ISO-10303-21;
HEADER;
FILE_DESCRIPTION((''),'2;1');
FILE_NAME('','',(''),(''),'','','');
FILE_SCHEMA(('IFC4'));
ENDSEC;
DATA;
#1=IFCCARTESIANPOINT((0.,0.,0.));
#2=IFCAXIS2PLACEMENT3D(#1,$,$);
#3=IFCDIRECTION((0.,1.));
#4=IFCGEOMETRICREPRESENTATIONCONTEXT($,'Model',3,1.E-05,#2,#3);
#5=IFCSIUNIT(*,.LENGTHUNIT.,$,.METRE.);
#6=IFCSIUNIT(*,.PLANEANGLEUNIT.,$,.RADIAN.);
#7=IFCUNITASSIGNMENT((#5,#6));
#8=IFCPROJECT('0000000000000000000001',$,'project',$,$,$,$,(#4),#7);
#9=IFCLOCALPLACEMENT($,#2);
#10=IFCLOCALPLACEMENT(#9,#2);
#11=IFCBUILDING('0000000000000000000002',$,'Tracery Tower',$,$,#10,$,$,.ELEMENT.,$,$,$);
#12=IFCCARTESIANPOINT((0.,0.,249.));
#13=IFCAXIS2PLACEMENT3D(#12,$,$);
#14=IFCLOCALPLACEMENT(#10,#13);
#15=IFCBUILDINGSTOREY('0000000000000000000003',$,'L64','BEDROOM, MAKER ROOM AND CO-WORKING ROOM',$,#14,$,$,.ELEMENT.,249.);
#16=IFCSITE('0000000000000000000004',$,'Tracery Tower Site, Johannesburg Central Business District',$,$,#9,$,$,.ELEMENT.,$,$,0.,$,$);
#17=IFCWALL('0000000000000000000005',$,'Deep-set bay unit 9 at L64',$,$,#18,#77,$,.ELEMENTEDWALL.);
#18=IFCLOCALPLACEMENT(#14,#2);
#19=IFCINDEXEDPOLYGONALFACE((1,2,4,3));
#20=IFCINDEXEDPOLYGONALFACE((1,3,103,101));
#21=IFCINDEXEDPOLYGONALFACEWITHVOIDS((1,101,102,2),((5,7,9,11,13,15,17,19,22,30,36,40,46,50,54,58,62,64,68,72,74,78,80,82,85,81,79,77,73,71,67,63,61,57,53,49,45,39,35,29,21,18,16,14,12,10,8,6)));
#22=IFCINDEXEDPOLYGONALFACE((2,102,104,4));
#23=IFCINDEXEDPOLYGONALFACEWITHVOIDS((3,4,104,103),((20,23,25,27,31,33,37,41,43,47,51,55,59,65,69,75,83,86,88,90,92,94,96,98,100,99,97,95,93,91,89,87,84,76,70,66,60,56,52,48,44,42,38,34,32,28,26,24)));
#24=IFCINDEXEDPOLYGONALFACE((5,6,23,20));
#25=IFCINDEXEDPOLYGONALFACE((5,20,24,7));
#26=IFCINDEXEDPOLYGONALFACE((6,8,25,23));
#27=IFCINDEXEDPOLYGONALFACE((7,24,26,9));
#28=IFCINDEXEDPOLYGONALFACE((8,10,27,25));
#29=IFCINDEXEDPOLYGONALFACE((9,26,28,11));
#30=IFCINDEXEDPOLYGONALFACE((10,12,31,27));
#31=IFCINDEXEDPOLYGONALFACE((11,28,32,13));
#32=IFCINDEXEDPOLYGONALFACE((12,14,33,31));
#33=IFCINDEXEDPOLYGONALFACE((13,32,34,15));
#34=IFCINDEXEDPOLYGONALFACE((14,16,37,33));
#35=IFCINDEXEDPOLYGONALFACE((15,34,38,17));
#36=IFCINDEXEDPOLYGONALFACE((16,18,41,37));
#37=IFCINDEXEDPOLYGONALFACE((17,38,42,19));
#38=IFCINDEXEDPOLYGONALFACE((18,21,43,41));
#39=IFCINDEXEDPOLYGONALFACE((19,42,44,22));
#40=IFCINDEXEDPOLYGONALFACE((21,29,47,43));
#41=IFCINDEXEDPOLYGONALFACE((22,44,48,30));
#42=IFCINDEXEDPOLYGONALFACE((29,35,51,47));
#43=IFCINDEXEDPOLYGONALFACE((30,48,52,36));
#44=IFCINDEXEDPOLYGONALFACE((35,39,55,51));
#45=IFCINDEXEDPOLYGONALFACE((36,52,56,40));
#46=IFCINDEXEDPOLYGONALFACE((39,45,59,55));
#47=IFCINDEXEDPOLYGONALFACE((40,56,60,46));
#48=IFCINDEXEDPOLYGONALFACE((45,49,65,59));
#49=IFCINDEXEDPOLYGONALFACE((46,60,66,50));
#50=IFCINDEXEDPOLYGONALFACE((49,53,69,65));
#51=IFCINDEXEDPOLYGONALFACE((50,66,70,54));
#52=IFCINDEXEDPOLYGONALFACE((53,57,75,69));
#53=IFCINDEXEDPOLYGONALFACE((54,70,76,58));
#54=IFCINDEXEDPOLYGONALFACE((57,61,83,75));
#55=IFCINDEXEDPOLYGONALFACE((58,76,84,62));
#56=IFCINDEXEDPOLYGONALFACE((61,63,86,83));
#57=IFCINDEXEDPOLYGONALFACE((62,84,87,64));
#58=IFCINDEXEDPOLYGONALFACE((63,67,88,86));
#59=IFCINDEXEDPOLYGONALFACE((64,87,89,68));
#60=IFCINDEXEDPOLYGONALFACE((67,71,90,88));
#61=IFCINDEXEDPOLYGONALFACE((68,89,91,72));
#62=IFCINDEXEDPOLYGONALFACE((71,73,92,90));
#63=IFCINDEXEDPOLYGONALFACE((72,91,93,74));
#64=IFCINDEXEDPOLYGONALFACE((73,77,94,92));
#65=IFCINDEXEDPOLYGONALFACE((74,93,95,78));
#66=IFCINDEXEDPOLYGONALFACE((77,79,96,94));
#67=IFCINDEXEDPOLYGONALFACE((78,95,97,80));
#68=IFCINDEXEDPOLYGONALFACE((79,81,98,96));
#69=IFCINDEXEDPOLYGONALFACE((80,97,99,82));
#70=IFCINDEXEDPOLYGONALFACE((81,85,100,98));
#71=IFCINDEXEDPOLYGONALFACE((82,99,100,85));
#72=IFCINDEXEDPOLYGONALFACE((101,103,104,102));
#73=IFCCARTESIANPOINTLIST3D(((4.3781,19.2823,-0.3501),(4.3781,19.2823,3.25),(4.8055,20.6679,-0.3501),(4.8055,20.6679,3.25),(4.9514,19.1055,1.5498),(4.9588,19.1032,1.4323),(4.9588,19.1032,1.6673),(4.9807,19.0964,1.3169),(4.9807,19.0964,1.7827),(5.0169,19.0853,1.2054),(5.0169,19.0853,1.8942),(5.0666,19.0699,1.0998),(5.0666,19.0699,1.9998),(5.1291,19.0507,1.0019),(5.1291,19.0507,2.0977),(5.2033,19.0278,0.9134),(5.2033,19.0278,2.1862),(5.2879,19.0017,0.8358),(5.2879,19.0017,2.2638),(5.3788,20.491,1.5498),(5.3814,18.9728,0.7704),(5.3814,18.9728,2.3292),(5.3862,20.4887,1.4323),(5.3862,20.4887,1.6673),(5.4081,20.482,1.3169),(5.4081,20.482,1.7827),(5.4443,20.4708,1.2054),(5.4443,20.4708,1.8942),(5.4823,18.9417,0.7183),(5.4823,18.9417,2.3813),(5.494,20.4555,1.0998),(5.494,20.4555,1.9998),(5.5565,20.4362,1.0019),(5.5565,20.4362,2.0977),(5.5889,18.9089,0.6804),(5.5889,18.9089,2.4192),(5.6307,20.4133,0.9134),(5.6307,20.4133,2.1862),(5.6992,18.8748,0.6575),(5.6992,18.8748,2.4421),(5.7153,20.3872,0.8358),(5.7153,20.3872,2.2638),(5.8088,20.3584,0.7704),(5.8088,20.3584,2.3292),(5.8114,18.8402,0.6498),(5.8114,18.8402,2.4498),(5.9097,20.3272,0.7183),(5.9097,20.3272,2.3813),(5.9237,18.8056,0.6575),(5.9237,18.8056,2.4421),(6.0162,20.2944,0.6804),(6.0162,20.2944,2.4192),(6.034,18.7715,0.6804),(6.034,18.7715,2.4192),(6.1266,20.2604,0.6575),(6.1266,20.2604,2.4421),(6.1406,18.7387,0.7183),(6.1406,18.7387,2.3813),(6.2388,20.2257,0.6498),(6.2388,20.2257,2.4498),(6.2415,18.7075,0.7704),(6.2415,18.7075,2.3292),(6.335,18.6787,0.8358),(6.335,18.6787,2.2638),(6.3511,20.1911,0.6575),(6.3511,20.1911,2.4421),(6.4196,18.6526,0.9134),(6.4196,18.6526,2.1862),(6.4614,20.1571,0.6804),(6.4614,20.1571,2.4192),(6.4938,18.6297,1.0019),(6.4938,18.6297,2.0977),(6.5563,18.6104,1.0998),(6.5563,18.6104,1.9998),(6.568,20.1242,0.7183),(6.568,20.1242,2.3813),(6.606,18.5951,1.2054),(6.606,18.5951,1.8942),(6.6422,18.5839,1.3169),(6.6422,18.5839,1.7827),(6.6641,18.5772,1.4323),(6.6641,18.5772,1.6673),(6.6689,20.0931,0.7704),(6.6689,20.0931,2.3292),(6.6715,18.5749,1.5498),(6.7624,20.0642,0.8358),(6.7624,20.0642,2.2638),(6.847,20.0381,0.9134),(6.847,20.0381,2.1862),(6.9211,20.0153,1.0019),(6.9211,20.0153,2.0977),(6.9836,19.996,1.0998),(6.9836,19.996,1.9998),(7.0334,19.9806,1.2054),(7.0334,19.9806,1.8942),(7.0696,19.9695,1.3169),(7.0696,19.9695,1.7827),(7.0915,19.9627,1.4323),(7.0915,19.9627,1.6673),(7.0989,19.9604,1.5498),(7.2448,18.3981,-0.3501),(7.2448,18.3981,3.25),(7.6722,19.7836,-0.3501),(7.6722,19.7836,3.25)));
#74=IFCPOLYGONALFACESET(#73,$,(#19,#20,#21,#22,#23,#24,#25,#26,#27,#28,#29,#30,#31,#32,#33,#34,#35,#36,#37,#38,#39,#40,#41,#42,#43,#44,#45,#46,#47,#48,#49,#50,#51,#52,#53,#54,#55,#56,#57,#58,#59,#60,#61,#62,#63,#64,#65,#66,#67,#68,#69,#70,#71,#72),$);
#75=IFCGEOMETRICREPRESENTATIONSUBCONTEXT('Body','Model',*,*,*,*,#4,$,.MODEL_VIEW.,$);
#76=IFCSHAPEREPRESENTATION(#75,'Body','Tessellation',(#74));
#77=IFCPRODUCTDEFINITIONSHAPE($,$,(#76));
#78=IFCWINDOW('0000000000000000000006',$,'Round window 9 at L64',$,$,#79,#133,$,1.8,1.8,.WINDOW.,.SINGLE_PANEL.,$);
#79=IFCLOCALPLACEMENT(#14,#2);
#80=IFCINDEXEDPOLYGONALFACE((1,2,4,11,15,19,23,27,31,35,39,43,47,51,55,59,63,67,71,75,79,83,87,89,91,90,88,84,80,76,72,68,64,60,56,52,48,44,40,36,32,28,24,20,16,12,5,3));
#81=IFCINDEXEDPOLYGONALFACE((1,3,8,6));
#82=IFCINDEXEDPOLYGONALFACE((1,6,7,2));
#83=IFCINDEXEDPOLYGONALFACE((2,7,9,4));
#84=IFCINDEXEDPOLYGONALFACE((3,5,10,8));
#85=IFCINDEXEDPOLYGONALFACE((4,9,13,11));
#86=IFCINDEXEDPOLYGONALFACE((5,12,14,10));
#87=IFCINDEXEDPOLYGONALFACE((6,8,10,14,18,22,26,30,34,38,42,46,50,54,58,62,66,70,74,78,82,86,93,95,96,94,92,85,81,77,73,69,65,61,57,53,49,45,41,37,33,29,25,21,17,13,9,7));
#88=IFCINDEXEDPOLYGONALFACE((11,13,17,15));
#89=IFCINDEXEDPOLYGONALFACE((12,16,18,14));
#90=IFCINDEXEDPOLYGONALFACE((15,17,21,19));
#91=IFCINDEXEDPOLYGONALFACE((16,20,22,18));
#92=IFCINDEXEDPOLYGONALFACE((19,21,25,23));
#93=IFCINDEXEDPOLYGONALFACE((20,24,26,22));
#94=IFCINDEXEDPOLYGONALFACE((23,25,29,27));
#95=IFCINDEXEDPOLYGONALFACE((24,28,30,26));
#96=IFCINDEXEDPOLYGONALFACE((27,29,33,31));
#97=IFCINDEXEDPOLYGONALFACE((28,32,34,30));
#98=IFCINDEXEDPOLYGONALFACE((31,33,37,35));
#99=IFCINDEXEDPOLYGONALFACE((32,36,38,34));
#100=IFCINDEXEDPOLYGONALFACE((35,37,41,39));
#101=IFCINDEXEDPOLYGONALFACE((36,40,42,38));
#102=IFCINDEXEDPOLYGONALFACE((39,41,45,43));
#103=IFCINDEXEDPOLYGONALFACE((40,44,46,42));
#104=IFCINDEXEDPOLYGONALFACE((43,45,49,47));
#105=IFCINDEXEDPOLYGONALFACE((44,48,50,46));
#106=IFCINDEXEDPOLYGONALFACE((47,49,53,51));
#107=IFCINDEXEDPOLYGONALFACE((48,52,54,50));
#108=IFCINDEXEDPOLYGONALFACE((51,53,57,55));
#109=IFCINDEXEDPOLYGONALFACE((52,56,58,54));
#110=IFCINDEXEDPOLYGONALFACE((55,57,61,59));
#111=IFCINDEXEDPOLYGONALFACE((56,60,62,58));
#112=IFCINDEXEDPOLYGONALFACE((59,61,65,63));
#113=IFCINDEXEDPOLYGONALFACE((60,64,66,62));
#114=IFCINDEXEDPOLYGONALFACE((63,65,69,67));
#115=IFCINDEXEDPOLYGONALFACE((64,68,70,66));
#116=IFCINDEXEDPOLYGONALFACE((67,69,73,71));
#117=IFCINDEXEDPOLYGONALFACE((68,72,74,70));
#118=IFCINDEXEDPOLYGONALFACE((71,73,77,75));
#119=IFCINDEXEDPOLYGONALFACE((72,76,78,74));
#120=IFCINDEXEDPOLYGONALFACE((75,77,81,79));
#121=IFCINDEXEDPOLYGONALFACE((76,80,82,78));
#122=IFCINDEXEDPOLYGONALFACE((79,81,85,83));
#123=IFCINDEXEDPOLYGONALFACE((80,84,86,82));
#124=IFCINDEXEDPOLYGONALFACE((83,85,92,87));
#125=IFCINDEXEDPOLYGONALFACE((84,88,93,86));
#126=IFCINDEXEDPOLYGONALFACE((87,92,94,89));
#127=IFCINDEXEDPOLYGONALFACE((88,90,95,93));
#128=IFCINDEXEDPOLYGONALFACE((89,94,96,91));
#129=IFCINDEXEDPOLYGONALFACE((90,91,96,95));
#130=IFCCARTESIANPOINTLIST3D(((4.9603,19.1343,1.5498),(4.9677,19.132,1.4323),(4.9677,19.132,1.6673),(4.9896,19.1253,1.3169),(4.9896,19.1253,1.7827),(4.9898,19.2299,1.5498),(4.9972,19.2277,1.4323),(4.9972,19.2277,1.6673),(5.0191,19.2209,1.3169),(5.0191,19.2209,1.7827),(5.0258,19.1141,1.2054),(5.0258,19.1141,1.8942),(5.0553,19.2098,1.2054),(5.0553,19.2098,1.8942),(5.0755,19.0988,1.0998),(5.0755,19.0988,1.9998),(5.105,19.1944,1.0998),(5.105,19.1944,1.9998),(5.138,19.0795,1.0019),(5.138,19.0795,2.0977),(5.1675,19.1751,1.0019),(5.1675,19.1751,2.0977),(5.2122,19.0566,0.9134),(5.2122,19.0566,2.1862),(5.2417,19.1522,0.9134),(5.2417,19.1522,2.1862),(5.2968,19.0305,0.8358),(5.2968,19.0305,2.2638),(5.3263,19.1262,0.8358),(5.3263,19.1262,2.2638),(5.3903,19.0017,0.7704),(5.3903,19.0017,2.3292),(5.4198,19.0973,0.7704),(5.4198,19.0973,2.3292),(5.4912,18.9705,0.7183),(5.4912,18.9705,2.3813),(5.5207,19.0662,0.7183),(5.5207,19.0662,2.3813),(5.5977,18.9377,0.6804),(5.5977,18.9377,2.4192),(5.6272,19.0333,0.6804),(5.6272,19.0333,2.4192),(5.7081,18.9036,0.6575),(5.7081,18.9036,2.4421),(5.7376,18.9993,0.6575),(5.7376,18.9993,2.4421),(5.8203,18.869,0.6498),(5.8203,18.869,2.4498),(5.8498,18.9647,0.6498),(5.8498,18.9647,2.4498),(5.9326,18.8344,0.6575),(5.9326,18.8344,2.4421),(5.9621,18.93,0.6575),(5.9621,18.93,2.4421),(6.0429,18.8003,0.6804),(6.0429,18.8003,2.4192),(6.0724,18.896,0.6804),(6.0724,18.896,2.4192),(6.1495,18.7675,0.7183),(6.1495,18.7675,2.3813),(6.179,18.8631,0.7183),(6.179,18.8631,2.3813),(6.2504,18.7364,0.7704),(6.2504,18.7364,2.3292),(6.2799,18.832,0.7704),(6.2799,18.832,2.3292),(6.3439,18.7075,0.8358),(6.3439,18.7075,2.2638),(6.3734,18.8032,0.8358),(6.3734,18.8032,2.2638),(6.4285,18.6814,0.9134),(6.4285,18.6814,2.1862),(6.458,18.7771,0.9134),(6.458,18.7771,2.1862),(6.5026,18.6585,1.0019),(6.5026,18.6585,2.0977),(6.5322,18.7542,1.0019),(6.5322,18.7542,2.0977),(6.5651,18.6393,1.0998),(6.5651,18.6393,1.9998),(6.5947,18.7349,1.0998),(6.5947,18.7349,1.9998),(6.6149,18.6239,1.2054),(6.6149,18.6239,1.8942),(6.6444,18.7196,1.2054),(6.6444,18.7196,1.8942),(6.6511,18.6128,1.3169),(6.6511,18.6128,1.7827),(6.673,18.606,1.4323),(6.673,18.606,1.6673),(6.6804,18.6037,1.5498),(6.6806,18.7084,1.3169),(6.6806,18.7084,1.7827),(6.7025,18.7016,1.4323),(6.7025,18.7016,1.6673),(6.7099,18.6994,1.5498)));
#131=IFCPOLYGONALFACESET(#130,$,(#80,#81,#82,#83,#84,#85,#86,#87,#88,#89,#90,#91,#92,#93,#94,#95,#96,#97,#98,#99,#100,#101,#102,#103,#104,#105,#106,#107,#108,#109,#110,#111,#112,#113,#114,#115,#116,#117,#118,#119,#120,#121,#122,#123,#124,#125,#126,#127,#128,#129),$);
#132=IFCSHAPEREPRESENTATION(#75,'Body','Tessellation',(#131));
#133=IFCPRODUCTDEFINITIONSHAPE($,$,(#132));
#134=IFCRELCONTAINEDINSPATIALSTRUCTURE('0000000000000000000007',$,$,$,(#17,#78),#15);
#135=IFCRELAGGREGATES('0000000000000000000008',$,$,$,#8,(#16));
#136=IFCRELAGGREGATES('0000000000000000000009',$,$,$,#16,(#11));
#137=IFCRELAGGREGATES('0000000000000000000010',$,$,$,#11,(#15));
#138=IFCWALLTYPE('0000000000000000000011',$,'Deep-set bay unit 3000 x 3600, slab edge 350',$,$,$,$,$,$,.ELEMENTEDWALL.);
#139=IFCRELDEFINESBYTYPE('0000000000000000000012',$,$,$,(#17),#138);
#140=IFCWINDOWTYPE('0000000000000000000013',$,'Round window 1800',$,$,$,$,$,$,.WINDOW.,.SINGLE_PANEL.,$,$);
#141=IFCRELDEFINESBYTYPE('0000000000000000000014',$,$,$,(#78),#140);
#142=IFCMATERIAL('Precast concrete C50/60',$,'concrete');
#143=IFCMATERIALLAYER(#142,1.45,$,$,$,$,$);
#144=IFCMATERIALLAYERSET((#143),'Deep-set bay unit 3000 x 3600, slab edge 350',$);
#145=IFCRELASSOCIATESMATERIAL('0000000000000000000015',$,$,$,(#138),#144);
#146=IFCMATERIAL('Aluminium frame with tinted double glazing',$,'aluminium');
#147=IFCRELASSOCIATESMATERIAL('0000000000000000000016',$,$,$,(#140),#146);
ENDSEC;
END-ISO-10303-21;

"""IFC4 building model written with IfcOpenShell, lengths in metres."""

from ifc_helpers import new_model, si_unit, direction, frame, frame_2d, origin, origin_2d, place, context, subcontext, project, spatial, rectangle, circle, extrude, material, layer, layer_set, type_object, element, fill, save


model = new_model("IFC4")

# Units and contexts
model_context = context("Model", 3, precision=1e-05, world=origin(), true_north=direction((0.0, 1.0)))
body_context = subcontext(model_context, "Body", "Model", "MODEL_VIEW")
ifc_project = project(units=[si_unit("LENGTHUNIT", "METRE"), si_unit("PLANEANGLEUNIT", "RADIAN")], contexts=[model_context])

# Site, building, storey
site_placement = place(None, origin())
site = spatial("IfcSite", under=ifc_project, at=site_placement, Name="Tracery Tower Site, Johannesburg Central Business District", CompositionType="ELEMENT", RefElevation=0.0)
building_placement = place(site_placement, origin())
building = spatial("IfcBuilding", under=site, at=building_placement, Name="Tracery Tower", CompositionType="ELEMENT")
storey_placement = place(building_placement, frame((0.0, 0.0, 249.0)))
storey = spatial("IfcBuildingStorey", under=building, at=storey_placement, Name="L64", Description="BEDROOM, MAKER ROOM AND CO-WORKING ROOM", CompositionType="ELEMENT", Elevation=249.0)

# Wall, opening, window
ifc_material_1 = material(Name="Precast concrete C50/60", Category="concrete")
ifc_layer_1 = layer(ifc_material_1, 1.45)
ifc_layer_set_1 = layer_set([ifc_layer_1], Name="Deep-set bay unit 3000 x 3600, slab edge 350")
wall_type_1 = type_object("IfcWallType", Name="Deep-set bay unit 3000 x 3600, slab edge 350", PredefinedType="ELEMENTEDWALL", material=ifc_layer_set_1)
ifc_material_2 = material(Name="Aluminium frame with tinted double glazing", Category="aluminium")
window_type = type_object("IfcWindowType", Name="Round window 1800", PartitioningType="SINGLE_PANEL", PredefinedType="WINDOW", material=ifc_material_2)
wall_1_placement = place(storey_placement, frame((7.4585, 19.0908, -0.3501), z_axis=(0.0, 0.0, 1.0), x_axis=(-0.955571, 0.294761, 0.0)))
wall_1 = element("IfcWall", 1, at=wall_1_placement, inside=storey, type_object=wall_type_1, Name="Deep-set bay unit 9 at L64", PredefinedType="ELEMENTEDWALL", context=body_context, shape_type="SweptSolid", body=[
    extrude(rectangle(XDim=3.0, YDim=1.45, at=frame_2d((1.5, 0.0))), origin(), (0.0, 0.0, 1.0), 3.6001),
])
opening_1_placement = place(wall_1_placement, frame((1.5, 0.0, 1.8999)))
opening_1 = element("IfcOpeningElement", 2, at=opening_1_placement, cuts=wall_1, PredefinedType="OPENING", context=body_context, shape_type="SweptSolid", body=[
    extrude(circle(Radius=0.9, at=origin_2d()), frame((0.0, 0.7349, 0.0), z_axis=(0.0, -1.0, 0.0), x_axis=(1.0, 0.0, 0.0)), (0.0, 0.0, 1.0), 1.47),
])
window_1_placement = place(opening_1_placement, origin())
window_1 = element("IfcWindow", 3, at=window_1_placement, inside=storey, type_object=window_type, Name="Round window 9 at L64", OverallHeight=1.8, OverallWidth=1.8, PartitioningType="SINGLE_PANEL", PredefinedType="WINDOW", context=body_context, shape_type="SweptSolid", body=[
    extrude(circle(Radius=0.9, at=origin_2d()), frame((0.0, 0.6948, 0.0), z_axis=(0.0, -1.0, 0.0), x_axis=(1.0, 0.0, 0.0)), (0.0, 0.0, 1.0), 0.1001),
])
fill(opening_1, window_1)

save(model, "model.ifc")
